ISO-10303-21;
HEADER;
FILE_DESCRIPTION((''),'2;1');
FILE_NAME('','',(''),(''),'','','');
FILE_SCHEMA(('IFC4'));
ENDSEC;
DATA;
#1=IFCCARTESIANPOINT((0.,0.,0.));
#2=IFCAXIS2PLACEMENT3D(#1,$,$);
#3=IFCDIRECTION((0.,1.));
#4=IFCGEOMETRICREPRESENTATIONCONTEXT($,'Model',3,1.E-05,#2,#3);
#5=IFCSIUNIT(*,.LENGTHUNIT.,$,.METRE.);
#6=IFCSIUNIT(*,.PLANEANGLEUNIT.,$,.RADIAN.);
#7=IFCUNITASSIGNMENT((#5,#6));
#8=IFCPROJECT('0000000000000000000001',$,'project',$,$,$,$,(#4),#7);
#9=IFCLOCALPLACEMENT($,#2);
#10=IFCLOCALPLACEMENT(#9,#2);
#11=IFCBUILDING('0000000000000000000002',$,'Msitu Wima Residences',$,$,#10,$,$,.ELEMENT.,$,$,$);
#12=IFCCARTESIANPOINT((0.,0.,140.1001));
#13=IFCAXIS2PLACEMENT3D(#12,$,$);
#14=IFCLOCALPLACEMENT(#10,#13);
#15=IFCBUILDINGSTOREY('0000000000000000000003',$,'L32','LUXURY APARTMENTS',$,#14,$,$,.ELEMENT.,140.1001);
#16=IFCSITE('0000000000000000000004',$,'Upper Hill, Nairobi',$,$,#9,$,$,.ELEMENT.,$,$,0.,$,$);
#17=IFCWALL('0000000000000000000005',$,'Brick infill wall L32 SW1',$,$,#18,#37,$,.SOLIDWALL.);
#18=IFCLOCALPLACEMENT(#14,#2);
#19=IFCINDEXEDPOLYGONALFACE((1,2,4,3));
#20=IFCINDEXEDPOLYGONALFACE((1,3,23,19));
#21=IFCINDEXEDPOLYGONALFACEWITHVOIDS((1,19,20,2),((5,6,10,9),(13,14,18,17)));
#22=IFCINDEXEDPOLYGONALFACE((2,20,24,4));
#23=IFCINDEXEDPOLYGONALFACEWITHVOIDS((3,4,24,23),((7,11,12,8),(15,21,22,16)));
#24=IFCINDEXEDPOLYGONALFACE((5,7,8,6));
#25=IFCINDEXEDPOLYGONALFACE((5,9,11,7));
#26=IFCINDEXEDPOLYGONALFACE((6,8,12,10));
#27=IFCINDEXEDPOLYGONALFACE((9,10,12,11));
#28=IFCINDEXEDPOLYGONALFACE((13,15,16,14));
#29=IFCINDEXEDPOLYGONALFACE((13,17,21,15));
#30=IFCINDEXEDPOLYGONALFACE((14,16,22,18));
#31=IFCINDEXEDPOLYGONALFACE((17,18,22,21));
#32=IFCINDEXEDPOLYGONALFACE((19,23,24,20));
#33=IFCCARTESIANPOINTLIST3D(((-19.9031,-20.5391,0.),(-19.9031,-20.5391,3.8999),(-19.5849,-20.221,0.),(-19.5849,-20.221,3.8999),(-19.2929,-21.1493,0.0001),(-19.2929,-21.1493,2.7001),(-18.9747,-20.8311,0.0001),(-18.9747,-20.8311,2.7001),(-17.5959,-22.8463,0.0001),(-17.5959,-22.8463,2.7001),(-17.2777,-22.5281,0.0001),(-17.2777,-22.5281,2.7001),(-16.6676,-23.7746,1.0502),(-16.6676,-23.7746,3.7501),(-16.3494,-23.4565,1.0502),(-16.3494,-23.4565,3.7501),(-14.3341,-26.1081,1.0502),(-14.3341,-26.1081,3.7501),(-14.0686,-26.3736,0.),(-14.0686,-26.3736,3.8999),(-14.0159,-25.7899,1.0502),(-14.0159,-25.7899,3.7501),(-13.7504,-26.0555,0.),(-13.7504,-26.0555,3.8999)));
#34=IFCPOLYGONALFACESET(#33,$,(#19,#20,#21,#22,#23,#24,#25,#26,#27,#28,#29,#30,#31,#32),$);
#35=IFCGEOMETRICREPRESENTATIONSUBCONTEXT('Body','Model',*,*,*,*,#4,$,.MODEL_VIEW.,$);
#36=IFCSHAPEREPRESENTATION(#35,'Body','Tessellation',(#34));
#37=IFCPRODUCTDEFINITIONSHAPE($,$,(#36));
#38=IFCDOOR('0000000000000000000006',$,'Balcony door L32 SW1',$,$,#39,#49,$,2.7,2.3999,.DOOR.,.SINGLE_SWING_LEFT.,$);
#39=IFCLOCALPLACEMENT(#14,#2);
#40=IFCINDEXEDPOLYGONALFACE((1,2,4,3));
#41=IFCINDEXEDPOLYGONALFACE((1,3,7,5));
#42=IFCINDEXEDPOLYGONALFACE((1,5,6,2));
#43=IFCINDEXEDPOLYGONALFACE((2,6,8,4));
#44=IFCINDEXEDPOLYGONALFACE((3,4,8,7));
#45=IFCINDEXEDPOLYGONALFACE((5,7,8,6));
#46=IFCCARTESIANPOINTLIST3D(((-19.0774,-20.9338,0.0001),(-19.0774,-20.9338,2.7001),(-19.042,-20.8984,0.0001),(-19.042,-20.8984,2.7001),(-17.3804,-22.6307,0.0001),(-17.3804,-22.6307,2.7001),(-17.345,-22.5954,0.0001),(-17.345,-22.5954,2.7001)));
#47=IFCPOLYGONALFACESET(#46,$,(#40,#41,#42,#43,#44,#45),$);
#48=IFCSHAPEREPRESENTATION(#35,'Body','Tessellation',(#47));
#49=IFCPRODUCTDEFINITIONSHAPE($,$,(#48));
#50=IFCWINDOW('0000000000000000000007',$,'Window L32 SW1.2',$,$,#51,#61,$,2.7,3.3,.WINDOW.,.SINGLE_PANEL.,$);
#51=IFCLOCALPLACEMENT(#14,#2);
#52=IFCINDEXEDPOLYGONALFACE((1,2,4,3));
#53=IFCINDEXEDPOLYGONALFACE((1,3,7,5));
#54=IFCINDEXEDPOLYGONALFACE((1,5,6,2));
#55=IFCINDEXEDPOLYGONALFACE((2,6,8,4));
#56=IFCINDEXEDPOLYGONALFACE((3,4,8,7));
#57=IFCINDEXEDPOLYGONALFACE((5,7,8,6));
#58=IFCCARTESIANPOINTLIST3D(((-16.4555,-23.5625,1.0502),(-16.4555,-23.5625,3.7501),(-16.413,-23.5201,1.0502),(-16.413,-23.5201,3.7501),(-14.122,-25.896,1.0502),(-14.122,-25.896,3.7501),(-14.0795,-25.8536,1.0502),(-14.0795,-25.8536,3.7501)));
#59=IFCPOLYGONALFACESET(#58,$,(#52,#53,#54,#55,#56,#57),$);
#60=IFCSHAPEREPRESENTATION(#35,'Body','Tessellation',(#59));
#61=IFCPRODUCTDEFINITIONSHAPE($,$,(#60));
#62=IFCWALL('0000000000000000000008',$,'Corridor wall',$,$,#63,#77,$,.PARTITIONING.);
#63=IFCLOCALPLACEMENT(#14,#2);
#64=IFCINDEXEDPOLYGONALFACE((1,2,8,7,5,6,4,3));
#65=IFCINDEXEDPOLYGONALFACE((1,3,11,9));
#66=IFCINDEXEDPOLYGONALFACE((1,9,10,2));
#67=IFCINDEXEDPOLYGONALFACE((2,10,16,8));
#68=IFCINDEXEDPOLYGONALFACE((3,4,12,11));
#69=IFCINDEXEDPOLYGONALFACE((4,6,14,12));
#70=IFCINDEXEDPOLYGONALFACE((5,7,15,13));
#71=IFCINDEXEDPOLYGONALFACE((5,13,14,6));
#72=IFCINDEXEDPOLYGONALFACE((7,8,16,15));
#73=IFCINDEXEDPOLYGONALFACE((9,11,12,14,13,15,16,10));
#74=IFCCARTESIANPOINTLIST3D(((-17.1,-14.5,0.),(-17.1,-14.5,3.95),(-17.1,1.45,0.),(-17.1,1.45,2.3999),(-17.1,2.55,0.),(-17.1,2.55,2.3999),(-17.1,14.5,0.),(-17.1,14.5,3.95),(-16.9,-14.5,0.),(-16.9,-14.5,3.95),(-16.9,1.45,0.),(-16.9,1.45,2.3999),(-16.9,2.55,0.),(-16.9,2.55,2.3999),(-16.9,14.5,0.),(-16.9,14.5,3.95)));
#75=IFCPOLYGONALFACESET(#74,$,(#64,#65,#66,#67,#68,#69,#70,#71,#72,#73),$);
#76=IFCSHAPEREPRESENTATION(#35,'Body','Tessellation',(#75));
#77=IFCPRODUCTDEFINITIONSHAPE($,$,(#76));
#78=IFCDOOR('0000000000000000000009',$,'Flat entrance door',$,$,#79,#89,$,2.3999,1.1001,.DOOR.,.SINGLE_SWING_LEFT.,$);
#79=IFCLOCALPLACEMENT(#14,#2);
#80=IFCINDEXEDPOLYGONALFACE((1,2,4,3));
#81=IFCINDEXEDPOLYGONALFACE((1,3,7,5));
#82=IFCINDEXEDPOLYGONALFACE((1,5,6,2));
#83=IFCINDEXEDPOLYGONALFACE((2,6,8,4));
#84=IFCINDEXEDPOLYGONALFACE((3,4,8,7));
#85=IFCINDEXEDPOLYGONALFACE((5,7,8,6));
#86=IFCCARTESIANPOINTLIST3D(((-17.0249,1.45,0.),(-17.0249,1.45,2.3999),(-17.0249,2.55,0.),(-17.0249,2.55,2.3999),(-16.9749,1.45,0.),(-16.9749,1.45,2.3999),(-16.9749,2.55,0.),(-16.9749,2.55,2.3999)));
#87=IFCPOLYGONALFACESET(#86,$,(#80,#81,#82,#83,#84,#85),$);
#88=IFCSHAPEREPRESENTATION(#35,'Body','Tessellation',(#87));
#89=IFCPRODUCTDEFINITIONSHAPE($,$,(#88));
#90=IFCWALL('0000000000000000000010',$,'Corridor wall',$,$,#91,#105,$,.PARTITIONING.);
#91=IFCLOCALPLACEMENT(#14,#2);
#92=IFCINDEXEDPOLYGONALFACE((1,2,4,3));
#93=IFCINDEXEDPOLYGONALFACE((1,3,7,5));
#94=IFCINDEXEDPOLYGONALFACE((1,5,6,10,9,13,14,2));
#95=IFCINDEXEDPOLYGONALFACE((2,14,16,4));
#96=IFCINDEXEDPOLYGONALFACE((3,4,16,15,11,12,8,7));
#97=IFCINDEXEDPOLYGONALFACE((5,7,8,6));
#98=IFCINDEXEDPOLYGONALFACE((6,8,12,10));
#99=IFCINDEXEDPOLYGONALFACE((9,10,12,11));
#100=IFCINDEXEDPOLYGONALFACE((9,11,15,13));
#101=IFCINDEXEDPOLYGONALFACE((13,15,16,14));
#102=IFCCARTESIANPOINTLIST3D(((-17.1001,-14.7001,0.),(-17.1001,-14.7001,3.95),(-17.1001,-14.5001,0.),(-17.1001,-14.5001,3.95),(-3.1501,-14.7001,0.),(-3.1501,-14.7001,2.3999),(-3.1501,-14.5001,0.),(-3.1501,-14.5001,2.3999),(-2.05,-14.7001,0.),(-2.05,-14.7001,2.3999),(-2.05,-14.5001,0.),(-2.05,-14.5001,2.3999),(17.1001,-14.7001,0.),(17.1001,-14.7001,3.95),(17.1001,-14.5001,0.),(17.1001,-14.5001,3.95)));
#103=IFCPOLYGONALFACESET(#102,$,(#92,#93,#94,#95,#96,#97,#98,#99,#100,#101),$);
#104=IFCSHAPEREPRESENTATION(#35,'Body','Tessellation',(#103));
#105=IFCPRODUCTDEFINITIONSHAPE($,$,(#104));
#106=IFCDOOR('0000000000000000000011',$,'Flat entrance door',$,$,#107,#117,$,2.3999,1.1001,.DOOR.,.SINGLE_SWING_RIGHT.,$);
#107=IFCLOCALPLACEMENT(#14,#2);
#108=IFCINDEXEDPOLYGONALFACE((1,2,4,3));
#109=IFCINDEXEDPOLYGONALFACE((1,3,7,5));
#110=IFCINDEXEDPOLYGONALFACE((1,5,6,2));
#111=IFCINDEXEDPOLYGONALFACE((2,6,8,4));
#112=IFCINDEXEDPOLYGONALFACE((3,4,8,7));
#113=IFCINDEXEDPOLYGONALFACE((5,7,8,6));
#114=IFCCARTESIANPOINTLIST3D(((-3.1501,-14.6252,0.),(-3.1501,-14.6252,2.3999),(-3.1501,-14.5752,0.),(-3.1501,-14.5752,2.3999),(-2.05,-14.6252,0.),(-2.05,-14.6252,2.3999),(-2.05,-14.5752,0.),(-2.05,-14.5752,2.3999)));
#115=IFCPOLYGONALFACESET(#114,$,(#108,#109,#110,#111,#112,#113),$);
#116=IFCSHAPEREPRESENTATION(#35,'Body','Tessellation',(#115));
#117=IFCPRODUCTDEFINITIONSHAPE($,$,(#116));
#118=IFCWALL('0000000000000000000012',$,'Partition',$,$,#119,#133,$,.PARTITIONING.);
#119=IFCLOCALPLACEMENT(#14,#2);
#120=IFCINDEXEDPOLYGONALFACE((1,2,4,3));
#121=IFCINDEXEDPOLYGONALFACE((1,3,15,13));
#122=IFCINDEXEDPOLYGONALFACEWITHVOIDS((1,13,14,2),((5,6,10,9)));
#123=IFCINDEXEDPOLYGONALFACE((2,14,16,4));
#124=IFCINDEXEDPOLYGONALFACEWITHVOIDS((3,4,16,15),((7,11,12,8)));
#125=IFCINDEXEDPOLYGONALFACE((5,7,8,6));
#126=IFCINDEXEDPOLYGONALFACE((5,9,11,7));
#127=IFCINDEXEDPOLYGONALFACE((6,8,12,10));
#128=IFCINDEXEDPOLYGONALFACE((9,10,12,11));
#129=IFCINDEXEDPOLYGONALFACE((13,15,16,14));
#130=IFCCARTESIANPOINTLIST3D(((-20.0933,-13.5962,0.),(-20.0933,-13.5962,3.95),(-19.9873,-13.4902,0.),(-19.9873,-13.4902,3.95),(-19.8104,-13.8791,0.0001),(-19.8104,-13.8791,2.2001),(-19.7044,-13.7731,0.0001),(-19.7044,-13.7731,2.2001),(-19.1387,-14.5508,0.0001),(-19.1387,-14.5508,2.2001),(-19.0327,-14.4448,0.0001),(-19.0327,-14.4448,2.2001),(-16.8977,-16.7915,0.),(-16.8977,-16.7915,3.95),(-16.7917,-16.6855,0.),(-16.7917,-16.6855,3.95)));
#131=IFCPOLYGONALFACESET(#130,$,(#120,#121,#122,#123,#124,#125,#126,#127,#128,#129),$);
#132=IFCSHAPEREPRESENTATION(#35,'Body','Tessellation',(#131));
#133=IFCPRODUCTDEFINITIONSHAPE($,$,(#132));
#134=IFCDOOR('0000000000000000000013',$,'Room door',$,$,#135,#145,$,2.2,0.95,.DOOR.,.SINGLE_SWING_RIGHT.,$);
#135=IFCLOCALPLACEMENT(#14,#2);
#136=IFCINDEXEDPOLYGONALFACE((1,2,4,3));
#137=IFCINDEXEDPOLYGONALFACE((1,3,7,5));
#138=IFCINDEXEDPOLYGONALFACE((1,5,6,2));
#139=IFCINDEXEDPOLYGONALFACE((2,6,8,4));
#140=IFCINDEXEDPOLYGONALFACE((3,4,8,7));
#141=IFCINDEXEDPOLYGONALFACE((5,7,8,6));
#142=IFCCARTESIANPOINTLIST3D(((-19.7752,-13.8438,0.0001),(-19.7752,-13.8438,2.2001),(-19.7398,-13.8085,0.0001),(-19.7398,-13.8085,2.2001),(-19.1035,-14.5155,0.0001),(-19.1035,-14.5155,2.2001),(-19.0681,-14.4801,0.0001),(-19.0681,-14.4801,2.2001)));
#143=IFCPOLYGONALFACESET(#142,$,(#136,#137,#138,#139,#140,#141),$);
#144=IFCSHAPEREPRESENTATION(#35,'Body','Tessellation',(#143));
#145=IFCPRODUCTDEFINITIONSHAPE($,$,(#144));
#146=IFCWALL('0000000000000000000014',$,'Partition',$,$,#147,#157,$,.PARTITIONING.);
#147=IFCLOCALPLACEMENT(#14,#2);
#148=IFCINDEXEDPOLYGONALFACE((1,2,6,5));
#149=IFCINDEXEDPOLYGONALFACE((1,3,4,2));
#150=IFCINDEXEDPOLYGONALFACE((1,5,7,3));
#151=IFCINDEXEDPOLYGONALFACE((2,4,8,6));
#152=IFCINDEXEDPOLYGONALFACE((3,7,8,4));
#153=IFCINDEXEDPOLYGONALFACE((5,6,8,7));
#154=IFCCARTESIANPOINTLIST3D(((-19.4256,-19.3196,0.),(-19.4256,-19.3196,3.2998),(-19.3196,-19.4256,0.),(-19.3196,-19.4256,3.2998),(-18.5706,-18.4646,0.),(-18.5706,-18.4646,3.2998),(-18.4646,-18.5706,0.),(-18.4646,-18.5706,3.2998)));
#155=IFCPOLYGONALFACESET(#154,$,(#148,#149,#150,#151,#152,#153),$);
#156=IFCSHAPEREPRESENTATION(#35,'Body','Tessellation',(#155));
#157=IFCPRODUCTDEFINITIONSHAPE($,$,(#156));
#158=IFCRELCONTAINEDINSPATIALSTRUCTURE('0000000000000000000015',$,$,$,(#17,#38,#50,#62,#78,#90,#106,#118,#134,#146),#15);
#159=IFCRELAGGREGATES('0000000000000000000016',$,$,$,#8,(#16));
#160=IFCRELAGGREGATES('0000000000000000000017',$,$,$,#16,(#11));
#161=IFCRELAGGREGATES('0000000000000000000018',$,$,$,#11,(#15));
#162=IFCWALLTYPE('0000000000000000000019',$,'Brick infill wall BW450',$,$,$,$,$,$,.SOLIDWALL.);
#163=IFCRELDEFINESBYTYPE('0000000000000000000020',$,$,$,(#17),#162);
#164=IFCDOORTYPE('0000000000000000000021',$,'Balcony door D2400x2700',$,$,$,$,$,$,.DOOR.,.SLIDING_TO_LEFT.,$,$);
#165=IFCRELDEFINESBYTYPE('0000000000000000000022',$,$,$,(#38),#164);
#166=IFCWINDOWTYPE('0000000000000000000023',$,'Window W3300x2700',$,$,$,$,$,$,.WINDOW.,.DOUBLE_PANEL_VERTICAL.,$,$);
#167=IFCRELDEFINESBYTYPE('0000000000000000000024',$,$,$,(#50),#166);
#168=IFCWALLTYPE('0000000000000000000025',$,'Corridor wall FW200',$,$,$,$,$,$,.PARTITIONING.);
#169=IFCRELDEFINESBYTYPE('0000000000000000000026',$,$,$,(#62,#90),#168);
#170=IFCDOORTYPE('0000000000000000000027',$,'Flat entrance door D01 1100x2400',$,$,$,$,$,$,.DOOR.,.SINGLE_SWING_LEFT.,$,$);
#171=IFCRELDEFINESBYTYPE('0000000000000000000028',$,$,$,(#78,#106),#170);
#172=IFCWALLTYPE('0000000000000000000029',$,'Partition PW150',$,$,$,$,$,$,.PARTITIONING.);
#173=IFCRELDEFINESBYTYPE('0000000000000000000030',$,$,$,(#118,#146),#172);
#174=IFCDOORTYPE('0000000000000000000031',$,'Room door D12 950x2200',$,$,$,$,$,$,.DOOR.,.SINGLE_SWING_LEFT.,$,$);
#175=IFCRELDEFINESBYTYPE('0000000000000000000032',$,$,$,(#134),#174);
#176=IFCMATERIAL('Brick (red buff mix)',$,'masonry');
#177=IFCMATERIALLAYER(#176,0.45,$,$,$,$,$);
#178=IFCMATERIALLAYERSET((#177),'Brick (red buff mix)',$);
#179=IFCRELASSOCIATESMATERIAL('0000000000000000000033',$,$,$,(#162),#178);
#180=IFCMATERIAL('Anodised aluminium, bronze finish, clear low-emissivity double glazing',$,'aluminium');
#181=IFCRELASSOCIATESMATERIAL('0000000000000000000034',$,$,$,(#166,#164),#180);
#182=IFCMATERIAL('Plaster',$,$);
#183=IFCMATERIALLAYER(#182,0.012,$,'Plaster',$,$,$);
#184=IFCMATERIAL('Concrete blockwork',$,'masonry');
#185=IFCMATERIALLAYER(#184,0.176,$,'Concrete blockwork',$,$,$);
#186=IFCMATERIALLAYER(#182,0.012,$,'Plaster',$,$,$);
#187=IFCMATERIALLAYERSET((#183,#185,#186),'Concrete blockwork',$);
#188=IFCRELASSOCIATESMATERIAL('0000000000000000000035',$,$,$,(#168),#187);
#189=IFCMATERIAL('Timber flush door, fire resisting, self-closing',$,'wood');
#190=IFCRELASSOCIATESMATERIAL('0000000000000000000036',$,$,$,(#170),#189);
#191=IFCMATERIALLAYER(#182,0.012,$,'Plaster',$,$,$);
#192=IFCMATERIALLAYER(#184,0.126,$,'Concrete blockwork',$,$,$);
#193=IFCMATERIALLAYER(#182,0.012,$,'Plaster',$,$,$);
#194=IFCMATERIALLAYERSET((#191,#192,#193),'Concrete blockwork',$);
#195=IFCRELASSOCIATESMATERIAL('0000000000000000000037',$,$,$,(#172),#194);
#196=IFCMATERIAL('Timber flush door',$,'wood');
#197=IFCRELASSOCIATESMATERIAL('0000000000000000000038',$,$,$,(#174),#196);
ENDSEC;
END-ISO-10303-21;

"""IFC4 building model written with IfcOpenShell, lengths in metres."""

from ifc_helpers import new_model, si_unit, direction, frame, frame_2d, origin, place, context, subcontext, project, spatial, rectangle, extrude, material, layer, layer_set, type_object, element, fill, save


model = new_model("IFC4")

# Units and contexts
model_context = context("Model", 3, precision=1e-05, world=origin(), true_north=direction((0.0, 1.0)))
body_context = subcontext(model_context, "Body", "Model", "MODEL_VIEW")
ifc_project = project(units=[si_unit("LENGTHUNIT", "METRE"), si_unit("PLANEANGLEUNIT", "RADIAN")], contexts=[model_context])

# Site, building, storey
site_placement = place(None, origin())
site = spatial("IfcSite", under=ifc_project, at=site_placement, Name="Upper Hill, Nairobi", CompositionType="ELEMENT", RefElevation=0.0)
building_placement = place(site_placement, origin())
building = spatial("IfcBuilding", under=site, at=building_placement, Name="Msitu Wima Residences", CompositionType="ELEMENT")
storey_placement = place(building_placement, frame((0.0, 0.0, 140.1001)))
storey = spatial("IfcBuildingStorey", under=building, at=storey_placement, Name="L32", Description="LUXURY APARTMENTS", CompositionType="ELEMENT", Elevation=140.1001)

# Shared definitions
ifc_material_1 = material(Name="Brick (red buff mix)", Category="masonry")
ifc_layer_1 = layer(ifc_material_1, 0.45)
ifc_layer_set_1 = layer_set([ifc_layer_1], Name="Brick (red buff mix)")
wall_type_1 = type_object("IfcWallType", Name="Brick infill wall BW450", PredefinedType="SOLIDWALL", material=ifc_layer_set_1)
ifc_material_2 = material(Name="Anodised aluminium, bronze finish, clear low-emissivity double glazing", Category="aluminium")
window_type = type_object("IfcWindowType", Name="Window W3300x2700", PartitioningType="DOUBLE_PANEL_VERTICAL", PredefinedType="WINDOW", material=ifc_material_2)

# Wall, openings, door, window
wall_1_placement = place(storey_placement, frame((-19.7439, -20.3801, 0.0), z_axis=(0.0, 0.0, 1.0), x_axis=(0.707107, -0.707107, 0.0)))
wall_1 = element("IfcWall", 1, at=wall_1_placement, inside=storey, type_object=wall_type_1, Name="Brick infill wall L32 SW1", PredefinedType="SOLIDWALL", context=body_context, shape_type="SweptSolid", body=[
    extrude(rectangle(XDim=8.2512, YDim=0.45, at=frame_2d((4.1255, 0.0))), origin(), (0.0, 0.0, 1.0), 3.8999),
])
opening_1_placement = place(wall_1_placement, frame((0.8628, 0.0, 0.0)))
opening_1 = element("IfcOpeningElement", 2, at=opening_1_placement, cuts=wall_1, PredefinedType="OPENING", context=body_context, shape_type="SweptSolid", body=[
    extrude(rectangle(XDim=2.3999, YDim=2.7, at=frame_2d((1.2, 1.3501))), frame((0.0, 0.2349, 0.0), z_axis=(0.0, -1.0, 0.0), x_axis=(1.0, 0.0, 0.0)), (0.0, 0.0, 1.0), 0.47),
])
opening_2_placement = place(wall_1_placement, frame((4.5757, 0.0, 1.05)))
opening_2 = element("IfcOpeningElement", 3, at=opening_2_placement, cuts=wall_1, PredefinedType="OPENING", context=body_context, shape_type="SweptSolid", body=[
    extrude(rectangle(XDim=3.3, YDim=2.7, at=frame_2d((1.6499, 1.3501))), frame((0.0, 0.2349, 0.0), z_axis=(0.0, -1.0, 0.0), x_axis=(1.0, 0.0, 0.0)), (0.0, 0.0, 1.0), 0.47),
])
door_type_1 = type_object("IfcDoorType", Name="Balcony door D2400x2700", OperationType="SLIDING_TO_LEFT", PredefinedType="DOOR", material=ifc_material_2)
door_1_placement = place(opening_1_placement, origin())
door_1 = element("IfcDoor", 4, at=door_1_placement, inside=storey, type_object=door_type_1, Name="Balcony door L32 SW1", OperationType="SINGLE_SWING_LEFT", OverallHeight=2.7, OverallWidth=2.3999, PredefinedType="DOOR", context=body_context, shape_type="SweptSolid", body=[
    extrude(rectangle(XDim=2.3999, YDim=2.7, at=frame_2d((1.2, 1.3501))), frame((0.0, 0.1299, 0.0), z_axis=(0.0, -1.0, 0.0), x_axis=(1.0, 0.0, 0.0)), (0.0, 0.0, 1.0), 0.05),
])
fill(opening_1, door_1)
window_1_placement = place(opening_2_placement, origin())
window_1 = element("IfcWindow", 5, at=window_1_placement, inside=storey, type_object=window_type, Name="Window L32 SW1.2", OverallHeight=2.7, OverallWidth=3.3, PartitioningType="SINGLE_PANEL", PredefinedType="WINDOW", context=body_context, shape_type="SweptSolid", body=[
    extrude(rectangle(XDim=3.3, YDim=2.7, at=frame_2d((1.6499, 1.3501))), frame((0.0, 0.135, 0.0), z_axis=(0.0, -1.0, 0.0), x_axis=(1.0, 0.0, 0.0)), (0.0, 0.0, 1.0), 0.0601),
])
fill(opening_2, window_1)

# Walls, openings, doors
ifc_material_3 = material(Name="Plaster")
ifc_layer_2 = layer(ifc_material_3, 0.012, Name="Plaster")
ifc_material_4 = material(Name="Concrete blockwork", Category="masonry")
ifc_layer_3 = layer(ifc_material_4, 0.176, Name="Concrete blockwork")
ifc_layer_4 = layer(ifc_material_3, 0.012, Name="Plaster")
ifc_layer_set_2 = layer_set([ifc_layer_2, ifc_layer_3, ifc_layer_4], Name="Concrete blockwork")
wall_type_2 = type_object("IfcWallType", Name="Corridor wall FW200", PredefinedType="PARTITIONING", material=ifc_layer_set_2)
wall_2_placement = place(storey_placement, frame((-17.0, -14.5, 0.0), z_axis=(0.0, 0.0, 1.0), x_axis=(0.0, 1.0, 0.0)))
wall_2 = element("IfcWall", 6, at=wall_2_placement, inside=storey, type_object=wall_type_2, Name="Corridor wall", PredefinedType="PARTITIONING", context=body_context, shape_type="SweptSolid", body=[
    extrude(rectangle(XDim=29.0, YDim=0.2, at=frame_2d((14.5, 0.0))), origin(), (0.0, 0.0, 1.0), 3.95),
])
opening_3_placement = place(wall_2_placement, frame((15.95, 0.0, 0.0)))
opening_3 = element("IfcOpeningElement", 7, at=opening_3_placement, cuts=wall_2, PredefinedType="OPENING", context=body_context, shape_type="SweptSolid", body=[
    extrude(rectangle(XDim=1.1001, YDim=2.3999, at=frame_2d((0.55, 1.2))), frame((0.0, 0.1099, 0.0), z_axis=(0.0, -1.0, 0.0), x_axis=(1.0, 0.0, 0.0)), (0.0, 0.0, 1.0), 0.22),
])
ifc_material_5 = material(Name="Timber flush door, fire resisting, self-closing", Category="wood")
door_type_2 = type_object("IfcDoorType", Name="Flat entrance door D01 1100x2400", OperationType="SINGLE_SWING_LEFT", PredefinedType="DOOR", material=ifc_material_5)
door_2_placement = place(opening_3_placement, origin())
door_2 = element("IfcDoor", 8, at=door_2_placement, inside=storey, type_object=door_type_2, Name="Flat entrance door", OperationType="SINGLE_SWING_LEFT", OverallHeight=2.3999, OverallWidth=1.1001, PredefinedType="DOOR", context=body_context, shape_type="SweptSolid", body=[
    extrude(rectangle(XDim=1.1001, YDim=2.3999, at=frame_2d((0.55, 1.2))), frame((0.0, 0.0249, 0.0), z_axis=(0.0, -1.0, 0.0), x_axis=(1.0, 0.0, 0.0)), (0.0, 0.0, 1.0), 0.05),
])
fill(opening_3, door_2)
wall_3_placement = place(storey_placement, frame((-17.1001, -14.6001, 0.0), z_axis=(0.0, 0.0, 1.0), x_axis=(1.0, 0.0, 0.0)))
wall_3 = element("IfcWall", 9, at=wall_3_placement, inside=storey, type_object=wall_type_2, Name="Corridor wall", PredefinedType="PARTITIONING", context=body_context, shape_type="SweptSolid", body=[
    extrude(rectangle(XDim=34.2002, YDim=0.2, at=frame_2d((17.1001, 0.0))), origin(), (0.0, 0.0, 1.0), 3.95),
])
opening_4_placement = place(wall_3_placement, frame((13.95, 0.0, 0.0)))
opening_4 = element("IfcOpeningElement", 10, at=opening_4_placement, cuts=wall_3, PredefinedType="OPENING", context=body_context, shape_type="SweptSolid", body=[
    extrude(rectangle(XDim=1.1001, YDim=2.3999, at=frame_2d((0.55, 1.2))), frame((0.0, 0.1099, 0.0), z_axis=(0.0, -1.0, 0.0), x_axis=(1.0, 0.0, 0.0)), (0.0, 0.0, 1.0), 0.22),
])
door_3_placement = place(opening_4_placement, origin())
door_3 = element("IfcDoor", 11, at=door_3_placement, inside=storey, type_object=door_type_2, Name="Flat entrance door", OperationType="SINGLE_SWING_RIGHT", OverallHeight=2.3999, OverallWidth=1.1001, PredefinedType="DOOR", context=body_context, shape_type="SweptSolid", body=[
    extrude(rectangle(XDim=1.1001, YDim=2.3999, at=frame_2d((0.55, 1.2))), frame((0.0, 0.0249, 0.0), z_axis=(0.0, -1.0, 0.0), x_axis=(1.0, 0.0, 0.0)), (0.0, 0.0, 1.0), 0.05),
])
fill(opening_4, door_3)
ifc_layer_5 = layer(ifc_material_3, 0.012, Name="Plaster")
ifc_layer_6 = layer(ifc_material_4, 0.126, Name="Concrete blockwork")
ifc_layer_7 = layer(ifc_material_3, 0.012, Name="Plaster")
ifc_layer_set_3 = layer_set([ifc_layer_5, ifc_layer_6, ifc_layer_7], Name="Concrete blockwork")
wall_type_3 = type_object("IfcWallType", Name="Partition PW150", PredefinedType="PARTITIONING", material=ifc_layer_set_3)
wall_4_placement = place(storey_placement, frame((-20.0403, -13.5432, 0.0), z_axis=(0.0, 0.0, 1.0), x_axis=(0.707134, -0.70708, 0.0)))
wall_4 = element("IfcWall", 12, at=wall_4_placement, inside=storey, type_object=wall_type_3, Name="Partition", PredefinedType="PARTITIONING", context=body_context, shape_type="SweptSolid", body=[
    extrude(rectangle(XDim=4.519, YDim=0.1499, at=frame_2d((2.2595, 0.0))), origin(), (0.0, 0.0, 1.0), 3.95),
])
opening_5_placement = place(wall_4_placement, frame((0.3999, 0.0, 0.0)))
opening_5 = element("IfcOpeningElement", 13, at=opening_5_placement, cuts=wall_4, PredefinedType="OPENING", context=body_context, shape_type="SweptSolid", body=[
    extrude(rectangle(XDim=0.95, YDim=2.2, at=frame_2d((0.4751, 1.1001))), frame((0.0, 0.085, 0.0), z_axis=(0.0, -1.0, 0.0), x_axis=(1.0, 0.0, 0.0)), (0.0, 0.0, 1.0), 0.1699),
])
ifc_material_6 = material(Name="Timber flush door", Category="wood")
door_type_3 = type_object("IfcDoorType", Name="Room door D12 950x2200", OperationType="SINGLE_SWING_LEFT", PredefinedType="DOOR", material=ifc_material_6)
door_4_placement = place(opening_5_placement, origin())
door_4 = element("IfcDoor", 14, at=door_4_placement, inside=storey, type_object=door_type_3, Name="Room door", OperationType="SINGLE_SWING_RIGHT", OverallHeight=2.2, OverallWidth=0.95, PredefinedType="DOOR", context=body_context, shape_type="SweptSolid", body=[
    extrude(rectangle(XDim=0.95, YDim=2.2, at=frame_2d((0.4751, 1.1001))), frame((0.0, 0.0249, 0.0), z_axis=(0.0, -1.0, 0.0), x_axis=(1.0, 0.0, 0.0)), (0.0, 0.0, 1.0), 0.05),
])
fill(opening_5, door_4)

# Wall
wall_5_placement = place(storey_placement, frame((-19.3726, -19.3726, 0.0), z_axis=(0.0, 0.0, 1.0), x_axis=(0.707107, 0.707107, 0.0)))
element("IfcWall", 15, at=wall_5_placement, inside=storey, type_object=wall_type_3, Name="Partition", PredefinedType="PARTITIONING", context=body_context, shape_type="SweptSolid", body=[
    extrude(rectangle(XDim=1.2092, YDim=0.1499, at=frame_2d((0.6045, 0.0))), origin(), (0.0, 0.0, 1.0), 3.2998),
])

save(model, "model.ifc")
